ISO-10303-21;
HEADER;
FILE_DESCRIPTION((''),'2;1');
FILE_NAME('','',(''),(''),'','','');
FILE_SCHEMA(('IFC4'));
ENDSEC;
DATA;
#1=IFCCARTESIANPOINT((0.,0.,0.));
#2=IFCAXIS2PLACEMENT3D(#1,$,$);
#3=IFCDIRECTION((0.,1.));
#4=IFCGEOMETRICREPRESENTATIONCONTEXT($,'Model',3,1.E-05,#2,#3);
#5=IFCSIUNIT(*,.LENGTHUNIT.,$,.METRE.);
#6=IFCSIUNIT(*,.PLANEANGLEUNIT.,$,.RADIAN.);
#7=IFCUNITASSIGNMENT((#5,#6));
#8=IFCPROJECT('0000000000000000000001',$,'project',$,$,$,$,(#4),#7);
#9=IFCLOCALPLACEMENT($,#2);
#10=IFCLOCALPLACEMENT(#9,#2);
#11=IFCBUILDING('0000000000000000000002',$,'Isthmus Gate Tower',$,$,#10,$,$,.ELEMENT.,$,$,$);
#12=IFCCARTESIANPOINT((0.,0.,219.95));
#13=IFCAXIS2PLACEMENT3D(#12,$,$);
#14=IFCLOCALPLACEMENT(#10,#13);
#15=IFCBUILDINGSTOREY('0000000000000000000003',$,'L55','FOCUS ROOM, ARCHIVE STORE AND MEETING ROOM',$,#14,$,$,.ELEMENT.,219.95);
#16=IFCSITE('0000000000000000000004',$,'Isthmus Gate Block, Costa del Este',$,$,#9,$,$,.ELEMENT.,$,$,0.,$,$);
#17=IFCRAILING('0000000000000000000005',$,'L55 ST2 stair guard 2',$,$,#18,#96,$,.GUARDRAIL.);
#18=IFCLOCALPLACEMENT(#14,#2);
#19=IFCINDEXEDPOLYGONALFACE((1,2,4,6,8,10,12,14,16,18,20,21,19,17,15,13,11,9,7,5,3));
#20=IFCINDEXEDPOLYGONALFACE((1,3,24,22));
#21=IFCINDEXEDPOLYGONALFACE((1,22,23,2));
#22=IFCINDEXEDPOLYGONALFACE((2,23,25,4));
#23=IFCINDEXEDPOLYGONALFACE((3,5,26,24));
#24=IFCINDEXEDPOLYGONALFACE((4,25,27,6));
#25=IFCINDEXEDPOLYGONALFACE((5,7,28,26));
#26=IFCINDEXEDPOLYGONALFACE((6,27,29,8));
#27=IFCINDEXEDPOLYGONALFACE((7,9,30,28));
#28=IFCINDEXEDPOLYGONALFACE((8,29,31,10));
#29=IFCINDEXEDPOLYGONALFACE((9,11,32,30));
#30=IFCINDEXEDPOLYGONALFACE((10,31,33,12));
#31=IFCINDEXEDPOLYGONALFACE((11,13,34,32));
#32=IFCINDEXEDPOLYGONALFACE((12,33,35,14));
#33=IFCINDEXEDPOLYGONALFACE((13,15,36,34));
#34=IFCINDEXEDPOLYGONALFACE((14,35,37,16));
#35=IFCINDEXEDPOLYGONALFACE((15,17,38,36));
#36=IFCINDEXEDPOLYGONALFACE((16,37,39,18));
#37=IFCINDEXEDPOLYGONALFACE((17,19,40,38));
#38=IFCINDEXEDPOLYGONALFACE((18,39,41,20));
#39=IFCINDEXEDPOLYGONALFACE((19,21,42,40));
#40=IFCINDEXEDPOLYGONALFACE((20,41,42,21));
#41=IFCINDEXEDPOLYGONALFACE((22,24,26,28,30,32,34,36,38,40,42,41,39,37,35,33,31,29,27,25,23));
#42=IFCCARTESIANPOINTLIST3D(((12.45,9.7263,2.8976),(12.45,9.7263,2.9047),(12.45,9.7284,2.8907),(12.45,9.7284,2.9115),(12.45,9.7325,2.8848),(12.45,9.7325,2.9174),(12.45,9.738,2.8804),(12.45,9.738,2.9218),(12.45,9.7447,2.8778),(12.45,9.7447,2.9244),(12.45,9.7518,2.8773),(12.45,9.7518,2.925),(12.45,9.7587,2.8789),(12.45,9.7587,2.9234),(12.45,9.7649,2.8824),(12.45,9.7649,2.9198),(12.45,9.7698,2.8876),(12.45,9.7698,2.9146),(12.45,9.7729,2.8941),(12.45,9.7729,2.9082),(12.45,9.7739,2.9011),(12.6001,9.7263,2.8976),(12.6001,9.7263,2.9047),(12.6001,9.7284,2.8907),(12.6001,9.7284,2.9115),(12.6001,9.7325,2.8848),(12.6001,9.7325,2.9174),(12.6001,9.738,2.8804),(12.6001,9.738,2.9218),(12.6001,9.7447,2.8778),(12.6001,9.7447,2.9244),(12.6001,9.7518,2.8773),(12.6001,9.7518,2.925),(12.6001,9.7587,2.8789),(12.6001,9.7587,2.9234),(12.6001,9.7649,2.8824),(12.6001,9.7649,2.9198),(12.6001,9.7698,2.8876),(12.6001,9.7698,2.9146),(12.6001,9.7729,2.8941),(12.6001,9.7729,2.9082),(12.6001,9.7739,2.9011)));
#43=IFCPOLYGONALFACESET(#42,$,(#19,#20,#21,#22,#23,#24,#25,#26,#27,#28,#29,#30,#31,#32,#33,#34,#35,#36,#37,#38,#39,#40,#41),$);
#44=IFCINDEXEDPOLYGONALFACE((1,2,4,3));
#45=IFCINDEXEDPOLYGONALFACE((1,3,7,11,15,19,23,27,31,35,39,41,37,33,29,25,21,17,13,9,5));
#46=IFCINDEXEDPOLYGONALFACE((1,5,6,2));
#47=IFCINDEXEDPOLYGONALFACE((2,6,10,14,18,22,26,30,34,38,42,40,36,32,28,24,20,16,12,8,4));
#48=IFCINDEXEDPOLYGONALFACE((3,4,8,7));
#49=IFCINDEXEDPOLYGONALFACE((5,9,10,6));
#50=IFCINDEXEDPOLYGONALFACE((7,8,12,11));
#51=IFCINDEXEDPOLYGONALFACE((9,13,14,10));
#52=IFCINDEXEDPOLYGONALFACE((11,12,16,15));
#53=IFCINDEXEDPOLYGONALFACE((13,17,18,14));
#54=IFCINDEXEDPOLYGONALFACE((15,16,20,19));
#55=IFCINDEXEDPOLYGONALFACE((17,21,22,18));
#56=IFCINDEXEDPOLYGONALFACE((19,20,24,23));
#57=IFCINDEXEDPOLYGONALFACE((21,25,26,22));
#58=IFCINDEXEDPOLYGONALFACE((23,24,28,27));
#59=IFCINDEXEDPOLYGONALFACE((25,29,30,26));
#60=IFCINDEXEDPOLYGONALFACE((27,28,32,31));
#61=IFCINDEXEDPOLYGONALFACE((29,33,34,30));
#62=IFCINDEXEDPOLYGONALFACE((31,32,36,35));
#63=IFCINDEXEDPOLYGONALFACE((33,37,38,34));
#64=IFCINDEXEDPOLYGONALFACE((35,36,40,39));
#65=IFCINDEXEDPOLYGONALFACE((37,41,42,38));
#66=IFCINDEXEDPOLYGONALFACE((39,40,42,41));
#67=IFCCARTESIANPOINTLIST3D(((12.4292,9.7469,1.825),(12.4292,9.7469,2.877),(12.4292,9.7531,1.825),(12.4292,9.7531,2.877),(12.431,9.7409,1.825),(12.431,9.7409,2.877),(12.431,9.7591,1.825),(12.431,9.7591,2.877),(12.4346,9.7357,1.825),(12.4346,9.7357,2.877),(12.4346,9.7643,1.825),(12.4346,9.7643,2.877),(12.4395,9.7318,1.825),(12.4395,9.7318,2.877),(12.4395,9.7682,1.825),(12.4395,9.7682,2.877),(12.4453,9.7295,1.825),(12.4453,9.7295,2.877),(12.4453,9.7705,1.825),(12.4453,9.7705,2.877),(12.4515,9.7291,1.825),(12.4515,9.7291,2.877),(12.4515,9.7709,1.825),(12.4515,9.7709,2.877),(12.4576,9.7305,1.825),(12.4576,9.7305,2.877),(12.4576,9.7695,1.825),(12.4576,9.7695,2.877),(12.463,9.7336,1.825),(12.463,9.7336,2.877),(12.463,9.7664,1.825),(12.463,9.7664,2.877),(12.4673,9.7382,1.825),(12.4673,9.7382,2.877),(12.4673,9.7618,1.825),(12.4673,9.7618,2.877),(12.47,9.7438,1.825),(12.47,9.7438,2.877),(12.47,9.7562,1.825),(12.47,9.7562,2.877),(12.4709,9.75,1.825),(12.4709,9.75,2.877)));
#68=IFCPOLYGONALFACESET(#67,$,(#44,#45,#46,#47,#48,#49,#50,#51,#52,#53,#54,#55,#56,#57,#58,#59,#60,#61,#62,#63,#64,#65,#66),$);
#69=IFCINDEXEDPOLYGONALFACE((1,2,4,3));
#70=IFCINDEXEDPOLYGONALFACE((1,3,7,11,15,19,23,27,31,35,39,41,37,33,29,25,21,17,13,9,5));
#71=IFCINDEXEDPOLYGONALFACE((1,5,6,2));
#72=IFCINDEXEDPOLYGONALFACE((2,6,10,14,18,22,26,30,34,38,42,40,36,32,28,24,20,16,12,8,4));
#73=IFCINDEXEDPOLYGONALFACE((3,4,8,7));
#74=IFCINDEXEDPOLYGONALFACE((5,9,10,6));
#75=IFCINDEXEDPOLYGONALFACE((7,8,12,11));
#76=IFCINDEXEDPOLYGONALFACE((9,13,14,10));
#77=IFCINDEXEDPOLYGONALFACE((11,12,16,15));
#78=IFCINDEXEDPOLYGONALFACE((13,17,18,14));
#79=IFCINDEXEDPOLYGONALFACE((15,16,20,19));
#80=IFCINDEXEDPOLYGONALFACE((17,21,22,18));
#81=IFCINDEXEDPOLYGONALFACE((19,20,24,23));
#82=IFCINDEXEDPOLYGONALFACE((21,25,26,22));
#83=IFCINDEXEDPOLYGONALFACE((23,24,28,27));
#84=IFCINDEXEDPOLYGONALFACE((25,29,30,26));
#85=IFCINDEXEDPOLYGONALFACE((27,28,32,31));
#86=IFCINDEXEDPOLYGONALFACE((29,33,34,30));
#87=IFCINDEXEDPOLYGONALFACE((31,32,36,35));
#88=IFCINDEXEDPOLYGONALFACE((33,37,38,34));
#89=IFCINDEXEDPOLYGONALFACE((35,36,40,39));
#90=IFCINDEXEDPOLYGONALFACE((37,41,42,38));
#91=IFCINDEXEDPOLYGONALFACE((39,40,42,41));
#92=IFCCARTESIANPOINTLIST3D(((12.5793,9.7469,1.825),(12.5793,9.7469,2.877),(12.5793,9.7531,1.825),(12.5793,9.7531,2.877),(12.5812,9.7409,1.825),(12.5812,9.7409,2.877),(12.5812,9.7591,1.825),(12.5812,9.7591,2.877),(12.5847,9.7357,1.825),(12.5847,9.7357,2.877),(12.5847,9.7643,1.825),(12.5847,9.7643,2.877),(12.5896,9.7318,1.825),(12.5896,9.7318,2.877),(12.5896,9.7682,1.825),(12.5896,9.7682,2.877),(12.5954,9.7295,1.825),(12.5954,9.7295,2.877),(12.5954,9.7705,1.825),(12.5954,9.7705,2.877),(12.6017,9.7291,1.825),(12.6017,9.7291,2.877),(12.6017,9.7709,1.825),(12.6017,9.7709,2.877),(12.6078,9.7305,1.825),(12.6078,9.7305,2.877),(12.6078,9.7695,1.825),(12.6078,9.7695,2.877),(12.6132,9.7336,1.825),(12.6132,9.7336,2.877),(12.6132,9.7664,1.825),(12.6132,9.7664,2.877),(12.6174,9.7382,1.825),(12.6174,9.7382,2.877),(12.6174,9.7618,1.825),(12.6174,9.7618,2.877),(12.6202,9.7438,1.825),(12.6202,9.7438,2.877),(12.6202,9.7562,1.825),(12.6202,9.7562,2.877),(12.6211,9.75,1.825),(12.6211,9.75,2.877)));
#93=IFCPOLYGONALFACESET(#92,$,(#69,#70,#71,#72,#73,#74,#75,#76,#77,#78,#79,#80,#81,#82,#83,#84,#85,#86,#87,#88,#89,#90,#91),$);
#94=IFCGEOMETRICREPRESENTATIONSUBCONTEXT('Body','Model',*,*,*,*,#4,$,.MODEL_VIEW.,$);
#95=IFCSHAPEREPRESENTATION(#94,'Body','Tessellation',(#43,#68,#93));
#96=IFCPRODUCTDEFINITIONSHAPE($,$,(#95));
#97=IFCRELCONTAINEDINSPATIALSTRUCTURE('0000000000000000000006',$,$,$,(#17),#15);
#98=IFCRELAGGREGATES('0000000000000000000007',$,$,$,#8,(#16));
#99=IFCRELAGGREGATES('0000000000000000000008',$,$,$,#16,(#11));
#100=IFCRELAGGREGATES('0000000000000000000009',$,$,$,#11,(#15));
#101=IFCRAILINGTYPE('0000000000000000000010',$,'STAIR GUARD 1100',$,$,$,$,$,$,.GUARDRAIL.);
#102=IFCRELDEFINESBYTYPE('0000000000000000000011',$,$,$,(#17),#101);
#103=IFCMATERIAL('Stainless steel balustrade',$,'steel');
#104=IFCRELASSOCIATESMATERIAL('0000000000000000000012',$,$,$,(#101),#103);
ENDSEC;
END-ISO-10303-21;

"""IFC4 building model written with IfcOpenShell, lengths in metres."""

from ifc_helpers import new_model, si_unit, direction, frame, origin, origin_2d, place, context, subcontext, project, spatial, circle, extrude, material, type_object, element, save


model = new_model("IFC4")

# Units and contexts
model_context = context("Model", 3, precision=1e-05, world=origin(), true_north=direction((0.0, 1.0)))
body_context = subcontext(model_context, "Body", "Model", "MODEL_VIEW")
ifc_project = project(units=[si_unit("LENGTHUNIT", "METRE"), si_unit("PLANEANGLEUNIT", "RADIAN")], contexts=[model_context])

# Site, building, storey
site_placement = place(None, origin())
site = spatial("IfcSite", under=ifc_project, at=site_placement, Name="Isthmus Gate Block, Costa del Este", CompositionType="ELEMENT", RefElevation=0.0)
building_placement = place(site_placement, origin())
building = spatial("IfcBuilding", under=site, at=building_placement, Name="Isthmus Gate Tower", CompositionType="ELEMENT")
storey_placement = place(building_placement, frame((0.0, 0.0, 219.95)))
storey = spatial("IfcBuildingStorey", under=building, at=storey_placement, Name="L55", Description="FOCUS ROOM, ARCHIVE STORE AND MEETING ROOM", CompositionType="ELEMENT", Elevation=219.95)

# Railing
ifc_material_1 = material(Name="Stainless steel balustrade", Category="steel")
railing_type_1 = type_object("IfcRailingType", Name="STAIR GUARD 1100", PredefinedType="GUARDRAIL", material=ifc_material_1)
railing_1_placement = place(storey_placement, frame((12.45, 9.75, 1.825)))
element("IfcRailing", 1, at=railing_1_placement, inside=storey, type_object=railing_type_1, Name="L55 ST2 stair guard 2", PredefinedType="GUARDRAIL", context=body_context, shape_type="SweptSolid", body=[
    extrude(circle(Radius=0.0239, at=origin_2d()), frame((0.0, 0.0, 1.0762), z_axis=(1.0, 0.0, 0.0), x_axis=(0.0, 1.0, 0.0)), (0.0, 0.0, 1.0), 0.1501),
    extrude(circle(Radius=0.021, at=origin_2d()), origin(), (0.0, 0.0, 1.0), 1.052),
    extrude(circle(Radius=0.021, at=origin_2d()), frame((0.1501, 0.0, 0.0)), (0.0, 0.0, 1.0), 1.052),
])

save(model, "model.ifc")
